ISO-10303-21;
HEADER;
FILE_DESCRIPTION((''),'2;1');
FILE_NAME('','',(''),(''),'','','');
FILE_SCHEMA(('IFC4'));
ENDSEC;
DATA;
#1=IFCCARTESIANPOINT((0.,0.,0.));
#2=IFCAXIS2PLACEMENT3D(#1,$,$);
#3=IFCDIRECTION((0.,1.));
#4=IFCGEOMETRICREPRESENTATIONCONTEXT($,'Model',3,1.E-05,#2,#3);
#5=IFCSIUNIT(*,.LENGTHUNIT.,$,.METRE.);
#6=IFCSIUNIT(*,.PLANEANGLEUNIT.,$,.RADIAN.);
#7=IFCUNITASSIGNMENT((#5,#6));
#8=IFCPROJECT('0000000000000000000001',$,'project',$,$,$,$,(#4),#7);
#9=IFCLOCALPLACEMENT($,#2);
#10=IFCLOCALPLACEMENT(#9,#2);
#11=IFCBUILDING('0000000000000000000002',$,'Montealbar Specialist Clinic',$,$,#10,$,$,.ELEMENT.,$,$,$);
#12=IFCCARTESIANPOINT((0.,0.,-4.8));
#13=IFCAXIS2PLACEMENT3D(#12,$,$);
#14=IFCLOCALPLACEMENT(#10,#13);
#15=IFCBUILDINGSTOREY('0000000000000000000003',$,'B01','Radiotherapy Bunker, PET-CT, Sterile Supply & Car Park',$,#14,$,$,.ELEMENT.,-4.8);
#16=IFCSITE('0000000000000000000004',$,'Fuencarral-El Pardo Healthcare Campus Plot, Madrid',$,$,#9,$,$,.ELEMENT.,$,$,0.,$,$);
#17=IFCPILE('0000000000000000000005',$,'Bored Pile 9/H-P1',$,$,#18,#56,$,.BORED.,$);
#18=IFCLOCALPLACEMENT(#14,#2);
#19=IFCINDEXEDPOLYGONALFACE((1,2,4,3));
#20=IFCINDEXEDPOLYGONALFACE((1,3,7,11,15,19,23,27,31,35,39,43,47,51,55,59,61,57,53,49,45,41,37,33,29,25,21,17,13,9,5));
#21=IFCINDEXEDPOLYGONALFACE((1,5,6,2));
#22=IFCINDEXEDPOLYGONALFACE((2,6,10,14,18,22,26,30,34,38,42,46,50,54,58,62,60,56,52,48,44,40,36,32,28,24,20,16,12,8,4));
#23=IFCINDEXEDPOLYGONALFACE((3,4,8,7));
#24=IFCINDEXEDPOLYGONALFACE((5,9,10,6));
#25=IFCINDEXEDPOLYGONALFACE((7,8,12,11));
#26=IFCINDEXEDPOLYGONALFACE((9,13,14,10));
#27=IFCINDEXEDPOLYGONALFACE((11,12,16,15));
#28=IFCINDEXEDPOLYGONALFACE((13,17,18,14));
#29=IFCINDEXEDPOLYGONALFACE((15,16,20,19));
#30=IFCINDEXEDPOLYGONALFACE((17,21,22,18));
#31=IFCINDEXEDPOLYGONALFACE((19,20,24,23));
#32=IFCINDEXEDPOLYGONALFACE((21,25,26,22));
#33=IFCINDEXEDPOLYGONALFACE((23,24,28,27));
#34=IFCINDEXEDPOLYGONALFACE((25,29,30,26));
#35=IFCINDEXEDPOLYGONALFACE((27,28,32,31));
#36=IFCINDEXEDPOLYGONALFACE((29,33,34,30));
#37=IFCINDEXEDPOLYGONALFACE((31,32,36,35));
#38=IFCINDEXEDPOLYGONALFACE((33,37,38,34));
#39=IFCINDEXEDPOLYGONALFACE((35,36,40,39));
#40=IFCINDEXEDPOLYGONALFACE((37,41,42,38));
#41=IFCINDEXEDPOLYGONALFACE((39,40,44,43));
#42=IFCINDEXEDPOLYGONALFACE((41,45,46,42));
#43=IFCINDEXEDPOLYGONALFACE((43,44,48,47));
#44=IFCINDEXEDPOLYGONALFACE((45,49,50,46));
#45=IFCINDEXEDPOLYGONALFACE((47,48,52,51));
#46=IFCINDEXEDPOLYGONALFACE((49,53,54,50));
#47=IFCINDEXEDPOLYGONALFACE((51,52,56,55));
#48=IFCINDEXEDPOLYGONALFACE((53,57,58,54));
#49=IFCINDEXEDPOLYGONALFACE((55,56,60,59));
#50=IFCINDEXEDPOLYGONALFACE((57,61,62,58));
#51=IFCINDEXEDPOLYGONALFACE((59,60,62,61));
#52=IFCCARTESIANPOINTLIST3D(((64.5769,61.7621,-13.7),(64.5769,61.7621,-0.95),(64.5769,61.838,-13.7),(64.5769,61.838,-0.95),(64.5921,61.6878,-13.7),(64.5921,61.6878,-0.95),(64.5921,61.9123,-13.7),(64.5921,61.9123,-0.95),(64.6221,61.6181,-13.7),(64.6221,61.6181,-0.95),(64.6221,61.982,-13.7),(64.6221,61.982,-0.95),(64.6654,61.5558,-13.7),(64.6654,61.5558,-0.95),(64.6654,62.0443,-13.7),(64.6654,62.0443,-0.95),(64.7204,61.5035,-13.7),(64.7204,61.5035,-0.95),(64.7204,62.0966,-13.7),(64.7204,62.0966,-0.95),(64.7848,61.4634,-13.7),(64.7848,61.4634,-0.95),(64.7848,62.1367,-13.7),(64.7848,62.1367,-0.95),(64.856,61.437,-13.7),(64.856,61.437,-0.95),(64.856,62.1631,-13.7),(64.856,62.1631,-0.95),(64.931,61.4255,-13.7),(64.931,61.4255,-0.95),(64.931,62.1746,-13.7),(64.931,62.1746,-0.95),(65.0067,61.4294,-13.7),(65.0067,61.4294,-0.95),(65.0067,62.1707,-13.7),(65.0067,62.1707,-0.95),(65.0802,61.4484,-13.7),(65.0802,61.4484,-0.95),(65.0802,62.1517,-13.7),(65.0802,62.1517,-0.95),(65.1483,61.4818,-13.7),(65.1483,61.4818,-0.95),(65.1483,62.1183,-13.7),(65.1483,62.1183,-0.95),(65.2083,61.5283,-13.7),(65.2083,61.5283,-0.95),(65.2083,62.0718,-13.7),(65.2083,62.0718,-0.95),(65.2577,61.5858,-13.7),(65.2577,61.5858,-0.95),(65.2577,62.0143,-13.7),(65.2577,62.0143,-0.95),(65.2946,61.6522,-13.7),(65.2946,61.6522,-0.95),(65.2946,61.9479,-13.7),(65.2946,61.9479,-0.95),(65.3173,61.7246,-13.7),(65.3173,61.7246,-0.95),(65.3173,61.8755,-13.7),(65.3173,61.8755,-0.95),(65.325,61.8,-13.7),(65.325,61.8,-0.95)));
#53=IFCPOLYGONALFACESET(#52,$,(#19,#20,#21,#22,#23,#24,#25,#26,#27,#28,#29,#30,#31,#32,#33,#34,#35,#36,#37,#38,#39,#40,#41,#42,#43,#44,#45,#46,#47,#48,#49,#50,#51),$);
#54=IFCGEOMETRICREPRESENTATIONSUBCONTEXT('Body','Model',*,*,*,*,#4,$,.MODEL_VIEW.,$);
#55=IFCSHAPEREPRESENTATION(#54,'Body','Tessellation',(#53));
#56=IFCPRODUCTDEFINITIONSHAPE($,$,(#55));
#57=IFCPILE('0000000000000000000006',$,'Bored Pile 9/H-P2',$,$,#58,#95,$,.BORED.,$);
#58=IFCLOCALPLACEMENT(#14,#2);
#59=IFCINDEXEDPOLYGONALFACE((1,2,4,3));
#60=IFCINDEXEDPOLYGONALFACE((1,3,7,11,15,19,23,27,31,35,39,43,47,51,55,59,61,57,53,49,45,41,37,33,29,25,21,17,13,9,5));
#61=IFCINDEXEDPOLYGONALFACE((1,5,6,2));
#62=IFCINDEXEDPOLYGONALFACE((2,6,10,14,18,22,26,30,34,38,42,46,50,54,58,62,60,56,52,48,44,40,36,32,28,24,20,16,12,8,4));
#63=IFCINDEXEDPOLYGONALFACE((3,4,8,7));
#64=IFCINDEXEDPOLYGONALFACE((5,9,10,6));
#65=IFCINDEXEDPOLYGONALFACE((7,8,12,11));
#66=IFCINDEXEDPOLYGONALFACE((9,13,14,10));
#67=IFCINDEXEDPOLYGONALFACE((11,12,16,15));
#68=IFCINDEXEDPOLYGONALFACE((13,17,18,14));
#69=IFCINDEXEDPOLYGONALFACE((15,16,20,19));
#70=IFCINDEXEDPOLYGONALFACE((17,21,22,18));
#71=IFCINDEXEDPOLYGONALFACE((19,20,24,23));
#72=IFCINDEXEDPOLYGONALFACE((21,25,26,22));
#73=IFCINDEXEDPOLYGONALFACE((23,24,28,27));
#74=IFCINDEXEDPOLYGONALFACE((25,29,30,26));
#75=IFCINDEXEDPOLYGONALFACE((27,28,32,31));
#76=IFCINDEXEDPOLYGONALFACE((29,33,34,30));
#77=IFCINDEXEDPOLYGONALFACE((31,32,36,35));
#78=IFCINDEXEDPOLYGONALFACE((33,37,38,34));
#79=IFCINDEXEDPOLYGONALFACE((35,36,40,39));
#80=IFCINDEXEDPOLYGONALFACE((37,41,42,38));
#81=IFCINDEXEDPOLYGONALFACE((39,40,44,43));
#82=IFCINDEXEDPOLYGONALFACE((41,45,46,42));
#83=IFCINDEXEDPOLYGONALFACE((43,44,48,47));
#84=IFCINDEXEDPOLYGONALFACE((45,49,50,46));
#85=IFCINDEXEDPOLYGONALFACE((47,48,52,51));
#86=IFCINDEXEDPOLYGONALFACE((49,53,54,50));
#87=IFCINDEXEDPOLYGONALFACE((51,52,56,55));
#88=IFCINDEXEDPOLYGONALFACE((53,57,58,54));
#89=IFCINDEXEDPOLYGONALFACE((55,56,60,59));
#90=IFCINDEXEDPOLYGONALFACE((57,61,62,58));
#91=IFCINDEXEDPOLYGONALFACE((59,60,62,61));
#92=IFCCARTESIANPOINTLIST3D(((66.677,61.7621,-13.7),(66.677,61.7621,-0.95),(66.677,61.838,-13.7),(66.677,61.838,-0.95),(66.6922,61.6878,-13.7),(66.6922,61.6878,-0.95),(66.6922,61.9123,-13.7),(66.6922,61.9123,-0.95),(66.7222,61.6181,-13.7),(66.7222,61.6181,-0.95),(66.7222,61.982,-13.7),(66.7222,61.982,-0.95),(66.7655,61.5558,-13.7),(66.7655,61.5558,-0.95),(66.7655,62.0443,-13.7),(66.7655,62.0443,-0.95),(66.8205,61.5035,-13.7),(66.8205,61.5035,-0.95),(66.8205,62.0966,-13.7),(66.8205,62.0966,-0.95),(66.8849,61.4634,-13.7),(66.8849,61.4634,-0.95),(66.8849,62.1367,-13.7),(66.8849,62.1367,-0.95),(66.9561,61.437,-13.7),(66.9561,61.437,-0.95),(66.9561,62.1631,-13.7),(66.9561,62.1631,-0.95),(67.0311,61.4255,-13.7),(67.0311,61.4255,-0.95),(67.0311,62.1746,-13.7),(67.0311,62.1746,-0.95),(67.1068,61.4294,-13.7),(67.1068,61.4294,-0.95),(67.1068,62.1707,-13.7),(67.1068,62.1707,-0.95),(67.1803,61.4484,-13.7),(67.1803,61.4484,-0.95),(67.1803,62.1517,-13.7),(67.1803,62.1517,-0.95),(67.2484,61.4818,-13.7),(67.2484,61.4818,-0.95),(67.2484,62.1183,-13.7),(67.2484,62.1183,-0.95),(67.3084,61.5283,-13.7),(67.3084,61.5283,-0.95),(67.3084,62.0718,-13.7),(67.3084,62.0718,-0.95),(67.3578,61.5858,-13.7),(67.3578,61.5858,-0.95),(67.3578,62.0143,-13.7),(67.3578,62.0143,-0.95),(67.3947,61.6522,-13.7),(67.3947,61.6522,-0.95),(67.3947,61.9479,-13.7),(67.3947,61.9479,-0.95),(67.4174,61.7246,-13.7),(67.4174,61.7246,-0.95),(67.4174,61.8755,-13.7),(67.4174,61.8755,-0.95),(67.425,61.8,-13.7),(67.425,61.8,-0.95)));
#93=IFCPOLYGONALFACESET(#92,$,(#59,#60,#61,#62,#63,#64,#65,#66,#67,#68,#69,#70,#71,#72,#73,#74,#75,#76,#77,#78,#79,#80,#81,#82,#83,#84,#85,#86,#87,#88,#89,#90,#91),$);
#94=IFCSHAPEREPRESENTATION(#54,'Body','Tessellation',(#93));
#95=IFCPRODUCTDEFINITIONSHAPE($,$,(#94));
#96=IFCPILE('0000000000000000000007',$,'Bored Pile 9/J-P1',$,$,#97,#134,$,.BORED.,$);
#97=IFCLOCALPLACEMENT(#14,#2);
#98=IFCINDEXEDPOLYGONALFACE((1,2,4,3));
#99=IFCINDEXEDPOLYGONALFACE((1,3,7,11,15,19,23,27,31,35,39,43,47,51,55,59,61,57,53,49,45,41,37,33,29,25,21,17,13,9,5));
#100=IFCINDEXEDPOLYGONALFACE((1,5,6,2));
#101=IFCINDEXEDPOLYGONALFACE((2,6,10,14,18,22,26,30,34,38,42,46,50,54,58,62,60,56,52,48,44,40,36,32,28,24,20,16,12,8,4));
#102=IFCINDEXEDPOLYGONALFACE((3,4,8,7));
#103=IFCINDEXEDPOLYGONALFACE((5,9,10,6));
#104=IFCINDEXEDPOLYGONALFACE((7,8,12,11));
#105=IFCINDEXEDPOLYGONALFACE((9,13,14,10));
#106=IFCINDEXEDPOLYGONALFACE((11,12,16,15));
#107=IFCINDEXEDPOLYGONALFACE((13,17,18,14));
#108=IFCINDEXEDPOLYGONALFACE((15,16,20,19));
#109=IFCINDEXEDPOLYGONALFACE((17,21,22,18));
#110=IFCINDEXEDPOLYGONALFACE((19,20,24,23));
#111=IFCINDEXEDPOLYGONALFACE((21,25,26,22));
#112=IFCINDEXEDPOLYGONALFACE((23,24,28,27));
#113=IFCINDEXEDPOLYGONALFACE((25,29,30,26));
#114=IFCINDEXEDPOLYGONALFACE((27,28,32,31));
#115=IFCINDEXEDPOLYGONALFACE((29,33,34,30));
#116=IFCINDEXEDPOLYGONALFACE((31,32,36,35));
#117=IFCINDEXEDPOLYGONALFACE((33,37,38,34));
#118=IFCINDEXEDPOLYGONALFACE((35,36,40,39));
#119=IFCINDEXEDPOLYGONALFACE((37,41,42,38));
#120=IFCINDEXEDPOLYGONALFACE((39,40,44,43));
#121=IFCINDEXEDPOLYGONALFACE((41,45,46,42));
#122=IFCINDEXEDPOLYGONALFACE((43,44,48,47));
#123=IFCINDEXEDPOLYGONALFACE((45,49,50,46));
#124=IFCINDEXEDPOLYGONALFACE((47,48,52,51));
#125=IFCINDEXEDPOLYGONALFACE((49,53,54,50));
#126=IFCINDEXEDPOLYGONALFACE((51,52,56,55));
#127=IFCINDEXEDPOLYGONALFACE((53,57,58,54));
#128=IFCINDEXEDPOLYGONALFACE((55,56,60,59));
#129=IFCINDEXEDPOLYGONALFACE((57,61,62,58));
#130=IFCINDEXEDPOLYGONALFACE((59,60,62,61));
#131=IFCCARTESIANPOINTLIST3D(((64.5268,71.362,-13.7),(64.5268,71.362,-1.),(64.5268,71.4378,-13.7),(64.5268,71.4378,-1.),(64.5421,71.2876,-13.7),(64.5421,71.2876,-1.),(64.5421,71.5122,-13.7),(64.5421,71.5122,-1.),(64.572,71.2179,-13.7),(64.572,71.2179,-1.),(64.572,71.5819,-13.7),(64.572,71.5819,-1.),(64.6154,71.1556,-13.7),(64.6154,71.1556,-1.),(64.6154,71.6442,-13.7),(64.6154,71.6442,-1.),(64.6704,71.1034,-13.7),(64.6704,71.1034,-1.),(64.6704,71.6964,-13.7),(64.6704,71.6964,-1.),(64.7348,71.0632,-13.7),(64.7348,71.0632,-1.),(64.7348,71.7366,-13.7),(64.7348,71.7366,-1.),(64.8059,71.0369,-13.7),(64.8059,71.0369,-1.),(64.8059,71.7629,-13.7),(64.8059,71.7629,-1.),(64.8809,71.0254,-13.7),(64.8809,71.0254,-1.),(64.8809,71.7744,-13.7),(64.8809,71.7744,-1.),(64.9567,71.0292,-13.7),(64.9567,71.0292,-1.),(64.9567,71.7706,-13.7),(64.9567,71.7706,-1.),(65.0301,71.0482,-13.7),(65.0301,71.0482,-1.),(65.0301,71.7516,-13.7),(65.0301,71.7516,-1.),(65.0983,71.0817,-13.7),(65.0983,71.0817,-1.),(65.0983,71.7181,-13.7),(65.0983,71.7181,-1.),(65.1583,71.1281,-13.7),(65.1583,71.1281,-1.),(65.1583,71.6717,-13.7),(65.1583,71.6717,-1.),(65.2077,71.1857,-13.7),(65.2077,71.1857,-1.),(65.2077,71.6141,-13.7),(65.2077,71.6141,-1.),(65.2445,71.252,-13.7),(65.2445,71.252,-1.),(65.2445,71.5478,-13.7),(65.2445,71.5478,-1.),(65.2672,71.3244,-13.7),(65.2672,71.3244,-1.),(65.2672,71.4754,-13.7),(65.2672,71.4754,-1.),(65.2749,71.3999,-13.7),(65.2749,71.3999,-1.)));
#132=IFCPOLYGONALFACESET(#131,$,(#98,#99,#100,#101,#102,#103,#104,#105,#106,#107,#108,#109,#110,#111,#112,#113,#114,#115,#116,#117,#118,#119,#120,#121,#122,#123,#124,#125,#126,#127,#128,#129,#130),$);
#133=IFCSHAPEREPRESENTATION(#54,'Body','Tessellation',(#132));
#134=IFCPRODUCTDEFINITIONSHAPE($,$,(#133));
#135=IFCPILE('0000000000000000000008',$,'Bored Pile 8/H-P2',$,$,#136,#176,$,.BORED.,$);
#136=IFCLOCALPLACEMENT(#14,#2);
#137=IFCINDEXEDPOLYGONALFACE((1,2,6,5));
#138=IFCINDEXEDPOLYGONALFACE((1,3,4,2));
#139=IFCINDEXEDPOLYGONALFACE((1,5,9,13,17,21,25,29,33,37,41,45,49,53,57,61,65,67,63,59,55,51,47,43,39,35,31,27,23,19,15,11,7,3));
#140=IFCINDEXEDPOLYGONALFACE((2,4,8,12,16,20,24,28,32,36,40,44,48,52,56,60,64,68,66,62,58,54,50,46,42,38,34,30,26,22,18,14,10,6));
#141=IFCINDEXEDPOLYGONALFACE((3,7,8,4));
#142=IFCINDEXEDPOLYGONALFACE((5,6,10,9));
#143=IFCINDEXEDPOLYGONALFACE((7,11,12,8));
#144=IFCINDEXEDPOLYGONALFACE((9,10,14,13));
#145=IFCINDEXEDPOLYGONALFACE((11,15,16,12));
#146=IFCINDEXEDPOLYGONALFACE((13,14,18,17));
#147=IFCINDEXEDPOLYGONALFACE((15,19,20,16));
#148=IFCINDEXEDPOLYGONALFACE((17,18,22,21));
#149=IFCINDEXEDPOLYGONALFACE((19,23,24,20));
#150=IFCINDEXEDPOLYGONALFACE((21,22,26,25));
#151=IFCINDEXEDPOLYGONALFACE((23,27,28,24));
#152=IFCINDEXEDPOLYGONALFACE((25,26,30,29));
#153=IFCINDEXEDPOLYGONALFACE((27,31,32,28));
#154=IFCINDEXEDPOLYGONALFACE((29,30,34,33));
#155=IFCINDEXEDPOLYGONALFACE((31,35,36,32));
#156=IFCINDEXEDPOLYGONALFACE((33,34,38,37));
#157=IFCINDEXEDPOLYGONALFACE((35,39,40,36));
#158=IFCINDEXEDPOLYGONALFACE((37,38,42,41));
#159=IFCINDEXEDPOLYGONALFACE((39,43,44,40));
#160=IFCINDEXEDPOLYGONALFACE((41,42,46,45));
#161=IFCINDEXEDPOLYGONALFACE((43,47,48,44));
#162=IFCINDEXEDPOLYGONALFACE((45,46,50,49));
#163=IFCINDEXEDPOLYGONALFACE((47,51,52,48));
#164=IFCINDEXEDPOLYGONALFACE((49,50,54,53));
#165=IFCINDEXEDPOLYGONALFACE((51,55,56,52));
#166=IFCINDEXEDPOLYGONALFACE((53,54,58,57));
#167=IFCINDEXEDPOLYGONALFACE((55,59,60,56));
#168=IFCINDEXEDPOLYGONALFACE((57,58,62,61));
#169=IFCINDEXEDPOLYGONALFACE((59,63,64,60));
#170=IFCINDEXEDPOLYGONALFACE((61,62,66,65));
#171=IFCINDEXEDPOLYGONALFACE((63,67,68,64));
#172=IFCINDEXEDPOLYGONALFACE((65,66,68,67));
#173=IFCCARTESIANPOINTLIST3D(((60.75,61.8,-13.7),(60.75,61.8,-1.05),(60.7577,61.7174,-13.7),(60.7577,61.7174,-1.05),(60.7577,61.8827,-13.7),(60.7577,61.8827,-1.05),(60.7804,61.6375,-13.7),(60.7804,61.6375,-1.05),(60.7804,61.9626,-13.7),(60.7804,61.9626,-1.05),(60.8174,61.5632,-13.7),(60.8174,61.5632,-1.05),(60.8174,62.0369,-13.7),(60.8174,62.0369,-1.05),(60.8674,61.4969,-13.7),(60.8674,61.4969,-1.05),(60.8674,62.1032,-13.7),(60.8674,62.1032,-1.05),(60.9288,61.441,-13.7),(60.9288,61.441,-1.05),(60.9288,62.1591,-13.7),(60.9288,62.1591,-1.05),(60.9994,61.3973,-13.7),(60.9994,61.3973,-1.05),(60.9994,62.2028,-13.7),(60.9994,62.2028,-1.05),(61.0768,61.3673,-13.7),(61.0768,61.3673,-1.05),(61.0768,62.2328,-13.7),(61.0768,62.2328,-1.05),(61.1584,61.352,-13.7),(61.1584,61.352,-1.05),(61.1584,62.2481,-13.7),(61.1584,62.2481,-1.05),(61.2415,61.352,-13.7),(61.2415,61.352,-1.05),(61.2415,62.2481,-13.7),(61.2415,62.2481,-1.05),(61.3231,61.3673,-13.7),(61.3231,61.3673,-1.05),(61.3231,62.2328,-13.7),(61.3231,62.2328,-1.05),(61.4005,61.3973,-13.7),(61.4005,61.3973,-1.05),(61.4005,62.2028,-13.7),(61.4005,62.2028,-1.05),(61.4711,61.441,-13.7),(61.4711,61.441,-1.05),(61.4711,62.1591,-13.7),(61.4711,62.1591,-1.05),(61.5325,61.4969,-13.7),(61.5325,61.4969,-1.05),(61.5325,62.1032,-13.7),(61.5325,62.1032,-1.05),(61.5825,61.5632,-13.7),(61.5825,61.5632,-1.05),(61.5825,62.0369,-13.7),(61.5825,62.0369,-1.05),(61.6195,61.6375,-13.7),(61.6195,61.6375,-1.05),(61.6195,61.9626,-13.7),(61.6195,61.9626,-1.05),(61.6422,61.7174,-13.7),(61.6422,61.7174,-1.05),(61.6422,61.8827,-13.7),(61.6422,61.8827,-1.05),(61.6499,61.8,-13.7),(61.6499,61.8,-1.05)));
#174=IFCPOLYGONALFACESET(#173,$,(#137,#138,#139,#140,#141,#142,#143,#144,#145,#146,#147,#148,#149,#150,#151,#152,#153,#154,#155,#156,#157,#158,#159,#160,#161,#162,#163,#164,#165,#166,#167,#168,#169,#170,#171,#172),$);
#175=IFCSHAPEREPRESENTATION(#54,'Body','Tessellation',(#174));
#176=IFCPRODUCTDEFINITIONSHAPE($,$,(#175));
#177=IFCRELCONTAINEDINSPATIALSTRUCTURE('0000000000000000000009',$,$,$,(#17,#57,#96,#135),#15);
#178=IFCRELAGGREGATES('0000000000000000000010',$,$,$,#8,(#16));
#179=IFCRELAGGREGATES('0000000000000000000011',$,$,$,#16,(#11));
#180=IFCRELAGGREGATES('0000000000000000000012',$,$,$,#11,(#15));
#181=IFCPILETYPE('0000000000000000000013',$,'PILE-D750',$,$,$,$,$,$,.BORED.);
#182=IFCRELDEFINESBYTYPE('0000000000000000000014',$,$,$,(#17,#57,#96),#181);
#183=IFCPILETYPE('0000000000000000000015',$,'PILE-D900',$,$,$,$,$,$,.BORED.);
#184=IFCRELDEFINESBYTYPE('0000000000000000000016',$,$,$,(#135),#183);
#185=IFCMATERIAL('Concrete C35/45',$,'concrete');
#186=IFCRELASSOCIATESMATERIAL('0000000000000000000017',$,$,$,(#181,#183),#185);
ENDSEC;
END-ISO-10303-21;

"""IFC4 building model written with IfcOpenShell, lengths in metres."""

from ifc_helpers import new_model, si_unit, direction, frame, origin, origin_2d, place, context, subcontext, project, spatial, circle, extrude, material, material_profile, profile_set, type_object, element, save


model = new_model("IFC4")

# Units and contexts
model_context = context("Model", 3, precision=1e-05, world=origin(), true_north=direction((0.0, 1.0)))
body_context = subcontext(model_context, "Body", "Model", "MODEL_VIEW")
ifc_project = project(units=[si_unit("LENGTHUNIT", "METRE"), si_unit("PLANEANGLEUNIT", "RADIAN")], contexts=[model_context])

# Site, building, storey
site_placement = place(None, origin())
site = spatial("IfcSite", under=ifc_project, at=site_placement, Name="Fuencarral-El Pardo Healthcare Campus Plot, Madrid", CompositionType="ELEMENT", RefElevation=0.0)
building_placement = place(site_placement, origin())
building = spatial("IfcBuilding", under=site, at=building_placement, Name="Montealbar Specialist Clinic", CompositionType="ELEMENT")
storey_placement = place(building_placement, frame((0.0, 0.0, -4.8)))
storey = spatial("IfcBuildingStorey", under=building, at=storey_placement, Name="B01", Description="Radiotherapy Bunker, PET-CT, Sterile Supply & Car Park", CompositionType="ELEMENT", Elevation=-4.8)

# Shared definitions
ifc_material_1 = material(Name="Concrete C35/45", Category="concrete")

# Piles
ifc_material_profile_1 = material_profile(ifc_material_1, circle(Radius=0.375, at=origin_2d()), Name="PILE D750", Category="concrete")
ifc_profile_set_1 = profile_set([ifc_material_profile_1], Name="Concrete C35/45")
pile_type_1 = type_object("IfcPileType", Name="PILE-D750", PredefinedType="BORED", material=ifc_profile_set_1)
for number, where, z_axis, x_axis, name in (
    (1, (64.95, 61.8, -0.95), (0.0, 0.0, -1.0), (1.0, 0.0, 0.0), "Bored Pile 9/H-P1"),
    (2, (67.05, 61.8, -0.95), (0.0, 0.0, -1.0), (1.0, 0.0, 0.0), "Bored Pile 9/H-P2"),
):
    element("IfcPile", number, at=place(storey_placement, frame(where, z_axis=z_axis, x_axis=x_axis)), inside=storey, type_object=pile_type_1, Name=name, PredefinedType="BORED", context=body_context, shape_type="SweptSolid", body=[
        extrude(circle(Radius=0.375, at=origin_2d()), origin(), (0.0, 0.0, 1.0), 12.75),
    ])
pile_1_placement = place(storey_placement, frame((64.8999, 71.3999, -1.0), z_axis=(0.0, 0.0, -1.0), x_axis=(1.0, 0.0, 0.0)))
element("IfcPile", 3, at=pile_1_placement, inside=storey, type_object=pile_type_1, Name="Bored Pile 9/J-P1", PredefinedType="BORED", context=body_context, shape_type="SweptSolid", body=[
    extrude(circle(Radius=0.375, at=origin_2d()), origin(), (0.0, 0.0, 1.0), 12.7),
])
ifc_material_profile_2 = material_profile(ifc_material_1, circle(Radius=0.45, at=origin_2d()), Name="PILE D900", Category="concrete")
ifc_profile_set_2 = profile_set([ifc_material_profile_2], Name="Concrete C35/45")
pile_type_2 = type_object("IfcPileType", Name="PILE-D900", PredefinedType="BORED", material=ifc_profile_set_2)
for number, where, z_axis, x_axis, name in (
    (4, (61.2, 61.8, -1.05), (0.0, 0.0, -1.0), (1.0, 0.0, 0.0), "Bored Pile 8/H-P2"),
):
    element("IfcPile", number, at=place(storey_placement, frame(where, z_axis=z_axis, x_axis=x_axis)), inside=storey, type_object=pile_type_2, Name=name, PredefinedType="BORED", context=body_context, shape_type="SweptSolid", body=[
        extrude(circle(Radius=0.45, at=origin_2d()), origin(), (0.0, 0.0, 1.0), 12.6499),
    ])

save(model, "model.ifc")
